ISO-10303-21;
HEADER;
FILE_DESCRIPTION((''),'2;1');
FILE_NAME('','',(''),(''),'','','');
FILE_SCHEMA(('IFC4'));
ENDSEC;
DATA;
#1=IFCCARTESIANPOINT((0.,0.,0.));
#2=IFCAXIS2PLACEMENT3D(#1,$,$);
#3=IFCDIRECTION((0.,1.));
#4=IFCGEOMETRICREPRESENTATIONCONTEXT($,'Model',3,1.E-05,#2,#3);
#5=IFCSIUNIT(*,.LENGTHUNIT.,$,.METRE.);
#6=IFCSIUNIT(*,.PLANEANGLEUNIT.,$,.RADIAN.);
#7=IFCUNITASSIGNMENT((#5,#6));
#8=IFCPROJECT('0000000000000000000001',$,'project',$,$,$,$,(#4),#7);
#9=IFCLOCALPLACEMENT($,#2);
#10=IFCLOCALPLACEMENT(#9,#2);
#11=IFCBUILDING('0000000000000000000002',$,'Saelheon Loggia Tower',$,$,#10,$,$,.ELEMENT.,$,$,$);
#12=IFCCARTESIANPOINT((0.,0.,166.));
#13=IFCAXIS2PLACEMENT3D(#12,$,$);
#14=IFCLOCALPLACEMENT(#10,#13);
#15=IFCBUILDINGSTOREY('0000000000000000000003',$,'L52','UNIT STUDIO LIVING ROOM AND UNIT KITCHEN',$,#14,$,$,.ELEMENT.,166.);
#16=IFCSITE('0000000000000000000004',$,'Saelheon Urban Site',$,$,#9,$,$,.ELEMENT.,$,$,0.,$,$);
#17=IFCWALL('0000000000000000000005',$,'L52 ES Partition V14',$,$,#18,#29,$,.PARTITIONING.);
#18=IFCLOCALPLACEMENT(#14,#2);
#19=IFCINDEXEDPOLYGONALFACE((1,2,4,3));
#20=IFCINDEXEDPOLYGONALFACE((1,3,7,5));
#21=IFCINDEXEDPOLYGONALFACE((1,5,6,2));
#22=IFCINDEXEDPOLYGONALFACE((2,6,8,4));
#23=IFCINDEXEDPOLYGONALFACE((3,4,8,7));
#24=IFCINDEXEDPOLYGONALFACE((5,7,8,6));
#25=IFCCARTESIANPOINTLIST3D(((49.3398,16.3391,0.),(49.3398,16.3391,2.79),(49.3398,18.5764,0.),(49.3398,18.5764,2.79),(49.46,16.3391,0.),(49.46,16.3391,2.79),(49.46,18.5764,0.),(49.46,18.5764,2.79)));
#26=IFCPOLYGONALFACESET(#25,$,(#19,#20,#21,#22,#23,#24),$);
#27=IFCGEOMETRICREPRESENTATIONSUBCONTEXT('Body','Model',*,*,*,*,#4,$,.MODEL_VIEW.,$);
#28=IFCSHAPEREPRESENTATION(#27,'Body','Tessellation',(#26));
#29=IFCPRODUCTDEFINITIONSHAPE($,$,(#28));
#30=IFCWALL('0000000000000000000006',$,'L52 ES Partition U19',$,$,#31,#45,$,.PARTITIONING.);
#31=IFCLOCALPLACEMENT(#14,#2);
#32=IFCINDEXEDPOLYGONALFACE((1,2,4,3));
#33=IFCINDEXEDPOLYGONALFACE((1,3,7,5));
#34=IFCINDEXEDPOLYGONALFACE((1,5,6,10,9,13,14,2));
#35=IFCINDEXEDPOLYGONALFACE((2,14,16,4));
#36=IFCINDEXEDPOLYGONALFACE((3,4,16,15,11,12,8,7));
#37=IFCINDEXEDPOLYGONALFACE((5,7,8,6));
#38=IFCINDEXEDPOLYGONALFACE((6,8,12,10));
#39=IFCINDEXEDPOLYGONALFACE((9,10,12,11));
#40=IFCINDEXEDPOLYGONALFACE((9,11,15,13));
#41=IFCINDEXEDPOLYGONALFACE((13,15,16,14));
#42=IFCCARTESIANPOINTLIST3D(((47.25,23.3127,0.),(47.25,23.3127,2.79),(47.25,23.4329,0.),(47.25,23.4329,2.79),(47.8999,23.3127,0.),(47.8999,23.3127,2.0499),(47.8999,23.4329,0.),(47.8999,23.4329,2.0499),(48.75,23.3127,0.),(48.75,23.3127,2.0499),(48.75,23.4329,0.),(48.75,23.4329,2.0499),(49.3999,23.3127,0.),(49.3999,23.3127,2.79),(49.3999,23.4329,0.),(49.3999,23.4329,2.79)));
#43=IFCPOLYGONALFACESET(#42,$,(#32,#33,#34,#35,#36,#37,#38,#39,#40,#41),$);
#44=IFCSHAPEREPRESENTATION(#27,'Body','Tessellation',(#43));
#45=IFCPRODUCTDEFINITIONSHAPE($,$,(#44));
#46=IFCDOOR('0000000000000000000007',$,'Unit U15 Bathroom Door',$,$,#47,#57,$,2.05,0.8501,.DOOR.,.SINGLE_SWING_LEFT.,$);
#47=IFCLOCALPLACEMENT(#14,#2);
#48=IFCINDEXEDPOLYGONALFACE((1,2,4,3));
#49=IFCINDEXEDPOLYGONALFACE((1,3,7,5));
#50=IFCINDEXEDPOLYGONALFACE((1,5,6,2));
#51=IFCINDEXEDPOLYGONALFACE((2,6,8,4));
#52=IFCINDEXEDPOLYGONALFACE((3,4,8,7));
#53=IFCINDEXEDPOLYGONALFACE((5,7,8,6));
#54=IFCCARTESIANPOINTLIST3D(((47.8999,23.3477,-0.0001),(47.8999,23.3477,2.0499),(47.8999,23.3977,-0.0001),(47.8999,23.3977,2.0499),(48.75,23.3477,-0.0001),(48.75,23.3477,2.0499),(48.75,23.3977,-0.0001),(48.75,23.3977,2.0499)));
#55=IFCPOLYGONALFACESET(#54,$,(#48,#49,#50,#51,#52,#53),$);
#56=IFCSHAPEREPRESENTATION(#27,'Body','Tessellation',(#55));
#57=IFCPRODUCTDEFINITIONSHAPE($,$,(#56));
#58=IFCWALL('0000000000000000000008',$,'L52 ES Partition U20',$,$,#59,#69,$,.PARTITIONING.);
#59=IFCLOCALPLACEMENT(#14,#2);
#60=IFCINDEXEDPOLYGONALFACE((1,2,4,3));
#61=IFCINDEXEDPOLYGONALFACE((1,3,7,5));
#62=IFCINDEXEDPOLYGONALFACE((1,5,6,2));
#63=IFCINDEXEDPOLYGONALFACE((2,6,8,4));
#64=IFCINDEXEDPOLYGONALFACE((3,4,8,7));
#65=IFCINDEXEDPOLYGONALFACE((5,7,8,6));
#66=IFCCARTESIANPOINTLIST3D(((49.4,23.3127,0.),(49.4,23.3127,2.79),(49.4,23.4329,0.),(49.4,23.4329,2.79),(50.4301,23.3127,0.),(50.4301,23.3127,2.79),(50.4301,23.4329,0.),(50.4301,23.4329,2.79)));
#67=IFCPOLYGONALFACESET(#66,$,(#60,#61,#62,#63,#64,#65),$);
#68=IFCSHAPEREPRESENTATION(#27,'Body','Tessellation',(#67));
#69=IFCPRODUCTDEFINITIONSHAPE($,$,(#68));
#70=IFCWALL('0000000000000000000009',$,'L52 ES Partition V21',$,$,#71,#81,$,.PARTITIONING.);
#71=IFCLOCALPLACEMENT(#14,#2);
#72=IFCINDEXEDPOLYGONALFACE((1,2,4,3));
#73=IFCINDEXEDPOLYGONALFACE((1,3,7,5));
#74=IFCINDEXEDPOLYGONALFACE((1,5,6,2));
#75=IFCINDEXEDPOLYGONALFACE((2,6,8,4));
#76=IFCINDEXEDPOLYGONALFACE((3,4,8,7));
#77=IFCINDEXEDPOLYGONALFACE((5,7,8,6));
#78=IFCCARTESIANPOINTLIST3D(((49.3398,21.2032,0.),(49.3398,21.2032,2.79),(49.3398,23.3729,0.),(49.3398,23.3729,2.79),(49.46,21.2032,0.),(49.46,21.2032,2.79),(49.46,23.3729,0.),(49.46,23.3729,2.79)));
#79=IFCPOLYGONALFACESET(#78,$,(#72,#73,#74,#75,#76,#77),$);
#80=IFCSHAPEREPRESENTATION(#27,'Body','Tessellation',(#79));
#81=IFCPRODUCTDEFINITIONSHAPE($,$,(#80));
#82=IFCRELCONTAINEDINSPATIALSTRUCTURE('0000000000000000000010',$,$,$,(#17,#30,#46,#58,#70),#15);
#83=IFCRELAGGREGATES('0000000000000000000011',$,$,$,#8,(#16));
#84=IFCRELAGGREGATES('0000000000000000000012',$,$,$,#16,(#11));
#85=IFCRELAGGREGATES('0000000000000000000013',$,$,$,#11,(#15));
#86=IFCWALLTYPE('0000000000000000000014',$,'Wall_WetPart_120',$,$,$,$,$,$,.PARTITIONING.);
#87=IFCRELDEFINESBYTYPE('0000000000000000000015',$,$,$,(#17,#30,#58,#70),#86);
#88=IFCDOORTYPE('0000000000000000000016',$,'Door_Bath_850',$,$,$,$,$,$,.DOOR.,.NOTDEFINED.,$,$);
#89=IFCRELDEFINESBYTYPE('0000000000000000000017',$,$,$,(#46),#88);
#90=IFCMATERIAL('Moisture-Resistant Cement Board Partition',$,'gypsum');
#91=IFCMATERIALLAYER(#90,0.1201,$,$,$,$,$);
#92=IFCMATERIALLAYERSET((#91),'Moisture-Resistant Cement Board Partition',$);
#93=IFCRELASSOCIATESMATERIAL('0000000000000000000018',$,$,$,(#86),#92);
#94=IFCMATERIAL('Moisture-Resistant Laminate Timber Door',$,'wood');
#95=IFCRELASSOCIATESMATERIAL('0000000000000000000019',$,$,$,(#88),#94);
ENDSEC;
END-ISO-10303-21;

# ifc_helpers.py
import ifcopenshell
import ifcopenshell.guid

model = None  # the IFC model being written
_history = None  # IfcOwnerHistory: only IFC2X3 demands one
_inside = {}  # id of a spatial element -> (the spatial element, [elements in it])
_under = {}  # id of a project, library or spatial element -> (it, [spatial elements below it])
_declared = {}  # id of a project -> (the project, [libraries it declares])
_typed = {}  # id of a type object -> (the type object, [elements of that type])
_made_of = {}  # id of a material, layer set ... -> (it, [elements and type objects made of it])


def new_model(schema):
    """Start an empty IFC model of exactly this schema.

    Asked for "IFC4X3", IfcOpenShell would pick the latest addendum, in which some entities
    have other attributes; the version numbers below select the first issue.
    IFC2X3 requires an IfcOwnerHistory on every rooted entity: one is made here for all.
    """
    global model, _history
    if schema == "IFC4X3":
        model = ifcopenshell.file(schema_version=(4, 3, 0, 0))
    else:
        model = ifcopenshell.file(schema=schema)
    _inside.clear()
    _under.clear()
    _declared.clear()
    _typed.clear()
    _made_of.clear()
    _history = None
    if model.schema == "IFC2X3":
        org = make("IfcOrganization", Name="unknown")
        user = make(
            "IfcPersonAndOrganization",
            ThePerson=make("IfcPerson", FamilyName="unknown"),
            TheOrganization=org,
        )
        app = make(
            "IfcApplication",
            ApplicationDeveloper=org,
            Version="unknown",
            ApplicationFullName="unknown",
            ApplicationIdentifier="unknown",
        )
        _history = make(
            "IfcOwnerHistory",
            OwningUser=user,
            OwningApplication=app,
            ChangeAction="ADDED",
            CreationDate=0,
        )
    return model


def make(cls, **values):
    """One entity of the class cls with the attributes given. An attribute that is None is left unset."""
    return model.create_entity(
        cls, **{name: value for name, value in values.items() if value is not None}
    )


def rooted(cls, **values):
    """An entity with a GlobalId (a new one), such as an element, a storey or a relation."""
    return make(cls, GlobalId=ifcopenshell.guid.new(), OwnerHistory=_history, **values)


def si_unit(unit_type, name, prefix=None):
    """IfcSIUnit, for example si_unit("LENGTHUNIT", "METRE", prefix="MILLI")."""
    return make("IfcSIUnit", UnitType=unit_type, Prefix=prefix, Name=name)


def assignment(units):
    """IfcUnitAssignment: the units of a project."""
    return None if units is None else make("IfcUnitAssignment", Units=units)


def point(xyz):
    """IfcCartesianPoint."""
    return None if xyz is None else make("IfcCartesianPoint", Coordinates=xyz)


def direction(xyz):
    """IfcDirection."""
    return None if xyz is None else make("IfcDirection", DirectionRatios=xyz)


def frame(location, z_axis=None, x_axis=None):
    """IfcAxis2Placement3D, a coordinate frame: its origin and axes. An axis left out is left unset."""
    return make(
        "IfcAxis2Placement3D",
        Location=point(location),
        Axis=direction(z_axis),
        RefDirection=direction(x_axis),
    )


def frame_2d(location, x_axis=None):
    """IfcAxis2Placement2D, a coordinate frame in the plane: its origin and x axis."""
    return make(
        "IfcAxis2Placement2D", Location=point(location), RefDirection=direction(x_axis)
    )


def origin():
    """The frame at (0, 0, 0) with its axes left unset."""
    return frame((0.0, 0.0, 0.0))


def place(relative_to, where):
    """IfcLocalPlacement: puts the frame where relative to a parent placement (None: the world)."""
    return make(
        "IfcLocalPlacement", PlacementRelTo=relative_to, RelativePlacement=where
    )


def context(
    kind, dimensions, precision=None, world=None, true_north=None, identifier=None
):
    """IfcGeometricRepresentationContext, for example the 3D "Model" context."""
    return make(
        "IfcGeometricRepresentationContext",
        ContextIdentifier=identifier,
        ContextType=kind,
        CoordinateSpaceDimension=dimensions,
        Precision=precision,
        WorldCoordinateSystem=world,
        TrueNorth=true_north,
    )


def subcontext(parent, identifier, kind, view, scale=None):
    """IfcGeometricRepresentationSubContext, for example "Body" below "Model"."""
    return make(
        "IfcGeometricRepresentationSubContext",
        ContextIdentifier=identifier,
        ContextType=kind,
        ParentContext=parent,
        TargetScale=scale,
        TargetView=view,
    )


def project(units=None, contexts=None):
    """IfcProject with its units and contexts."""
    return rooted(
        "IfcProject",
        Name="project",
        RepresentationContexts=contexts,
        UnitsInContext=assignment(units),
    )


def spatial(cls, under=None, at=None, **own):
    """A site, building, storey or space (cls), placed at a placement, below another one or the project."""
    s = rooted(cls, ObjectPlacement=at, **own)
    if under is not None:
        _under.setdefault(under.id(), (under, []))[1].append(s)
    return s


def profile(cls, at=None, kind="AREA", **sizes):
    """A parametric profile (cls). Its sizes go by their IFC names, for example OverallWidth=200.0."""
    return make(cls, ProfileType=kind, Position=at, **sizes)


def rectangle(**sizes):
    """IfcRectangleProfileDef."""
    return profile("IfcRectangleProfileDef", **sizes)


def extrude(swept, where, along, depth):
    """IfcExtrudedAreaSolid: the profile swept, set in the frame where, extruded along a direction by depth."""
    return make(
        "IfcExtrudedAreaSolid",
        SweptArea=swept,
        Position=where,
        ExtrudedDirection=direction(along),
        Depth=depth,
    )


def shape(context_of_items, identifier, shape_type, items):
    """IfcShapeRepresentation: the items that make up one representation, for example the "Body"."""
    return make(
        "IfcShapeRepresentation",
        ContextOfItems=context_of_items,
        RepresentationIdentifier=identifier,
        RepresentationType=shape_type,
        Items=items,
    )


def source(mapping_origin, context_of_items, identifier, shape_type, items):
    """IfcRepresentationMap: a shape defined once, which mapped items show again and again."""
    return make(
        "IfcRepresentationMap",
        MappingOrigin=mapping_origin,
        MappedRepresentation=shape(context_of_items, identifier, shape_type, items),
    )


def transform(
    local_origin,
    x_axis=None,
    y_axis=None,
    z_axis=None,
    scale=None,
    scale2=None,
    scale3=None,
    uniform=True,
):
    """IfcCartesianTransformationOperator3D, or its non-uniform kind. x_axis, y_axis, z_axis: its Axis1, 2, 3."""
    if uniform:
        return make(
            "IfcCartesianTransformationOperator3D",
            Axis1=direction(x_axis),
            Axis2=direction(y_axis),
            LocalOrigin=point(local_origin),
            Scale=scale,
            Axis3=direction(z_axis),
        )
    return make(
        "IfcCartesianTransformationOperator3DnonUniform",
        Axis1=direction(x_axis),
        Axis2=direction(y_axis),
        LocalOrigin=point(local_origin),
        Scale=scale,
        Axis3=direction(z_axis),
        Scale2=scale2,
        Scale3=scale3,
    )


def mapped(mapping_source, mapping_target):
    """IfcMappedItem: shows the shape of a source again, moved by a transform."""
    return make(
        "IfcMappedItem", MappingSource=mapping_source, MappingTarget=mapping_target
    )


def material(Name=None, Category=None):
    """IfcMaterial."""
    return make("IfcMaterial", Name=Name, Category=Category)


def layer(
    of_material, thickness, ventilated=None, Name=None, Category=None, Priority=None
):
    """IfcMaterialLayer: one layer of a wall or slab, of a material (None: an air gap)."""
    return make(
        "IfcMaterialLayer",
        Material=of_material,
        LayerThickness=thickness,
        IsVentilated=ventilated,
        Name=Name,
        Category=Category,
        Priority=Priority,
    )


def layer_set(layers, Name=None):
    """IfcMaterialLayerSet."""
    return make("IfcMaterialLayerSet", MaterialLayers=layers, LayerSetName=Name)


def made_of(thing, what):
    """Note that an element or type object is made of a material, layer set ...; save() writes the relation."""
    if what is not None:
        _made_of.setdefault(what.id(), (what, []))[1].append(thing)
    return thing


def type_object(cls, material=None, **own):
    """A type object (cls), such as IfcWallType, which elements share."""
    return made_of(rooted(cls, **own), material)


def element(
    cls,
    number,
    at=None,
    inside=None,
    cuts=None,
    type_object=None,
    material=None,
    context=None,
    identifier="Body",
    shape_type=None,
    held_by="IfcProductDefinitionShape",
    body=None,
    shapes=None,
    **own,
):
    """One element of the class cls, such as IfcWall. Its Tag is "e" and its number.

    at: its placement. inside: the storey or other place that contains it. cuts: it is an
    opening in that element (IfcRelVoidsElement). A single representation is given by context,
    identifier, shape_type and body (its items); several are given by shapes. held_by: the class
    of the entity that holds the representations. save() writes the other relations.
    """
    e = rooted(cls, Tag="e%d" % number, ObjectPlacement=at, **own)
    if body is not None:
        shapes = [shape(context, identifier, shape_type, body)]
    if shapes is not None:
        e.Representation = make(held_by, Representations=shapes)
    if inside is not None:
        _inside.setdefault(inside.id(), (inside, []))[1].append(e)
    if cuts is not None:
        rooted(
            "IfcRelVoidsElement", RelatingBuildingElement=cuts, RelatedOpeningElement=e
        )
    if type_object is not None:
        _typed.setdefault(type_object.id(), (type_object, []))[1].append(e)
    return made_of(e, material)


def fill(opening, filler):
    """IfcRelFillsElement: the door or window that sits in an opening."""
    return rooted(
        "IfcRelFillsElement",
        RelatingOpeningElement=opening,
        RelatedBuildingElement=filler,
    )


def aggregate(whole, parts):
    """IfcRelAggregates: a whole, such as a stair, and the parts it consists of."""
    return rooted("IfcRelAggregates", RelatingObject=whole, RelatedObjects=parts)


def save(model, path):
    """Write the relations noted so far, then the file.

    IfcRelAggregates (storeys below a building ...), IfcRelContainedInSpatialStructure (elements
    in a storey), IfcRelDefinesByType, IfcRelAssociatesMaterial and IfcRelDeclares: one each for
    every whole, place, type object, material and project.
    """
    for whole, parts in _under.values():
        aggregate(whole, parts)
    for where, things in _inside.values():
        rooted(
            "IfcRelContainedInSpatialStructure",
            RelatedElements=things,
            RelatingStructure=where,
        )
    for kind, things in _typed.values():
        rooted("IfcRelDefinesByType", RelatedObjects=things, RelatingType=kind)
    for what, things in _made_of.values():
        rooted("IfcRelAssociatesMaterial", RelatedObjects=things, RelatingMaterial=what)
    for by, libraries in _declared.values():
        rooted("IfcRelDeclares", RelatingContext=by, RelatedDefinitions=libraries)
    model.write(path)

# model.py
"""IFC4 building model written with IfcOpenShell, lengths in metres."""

from ifc_helpers import new_model, si_unit, direction, frame, frame_2d, origin, place, context, subcontext, project, spatial, rectangle, extrude, source, transform, mapped, material, layer, layer_set, type_object, element, fill, save


model = new_model("IFC4")

# Units and contexts
model_context = context("Model", 3, precision=1e-05, world=origin(), true_north=direction((0.0, 1.0)))
body_context = subcontext(model_context, "Body", "Model", "MODEL_VIEW")
ifc_project = project(units=[si_unit("LENGTHUNIT", "METRE"), si_unit("PLANEANGLEUNIT", "RADIAN")], contexts=[model_context])

# Site, building, storey
site_placement = place(None, origin())
site = spatial("IfcSite", under=ifc_project, at=site_placement, Name="Saelheon Urban Site", CompositionType="ELEMENT", RefElevation=0.0)
building_placement = place(site_placement, origin())
building = spatial("IfcBuilding", under=site, at=building_placement, Name="Saelheon Loggia Tower", CompositionType="ELEMENT")
storey_placement = place(building_placement, frame((0.0, 0.0, 166.0)))
storey = spatial("IfcBuildingStorey", under=building, at=storey_placement, Name="L52", Description="UNIT STUDIO LIVING ROOM AND UNIT KITCHEN", CompositionType="ELEMENT", Elevation=166.0)

# Shared definitions
ifc_material_1 = material(Name="Moisture-Resistant Cement Board Partition", Category="gypsum")
ifc_layer_1 = layer(ifc_material_1, 0.1201)
ifc_layer_set_1 = layer_set([ifc_layer_1], Name="Moisture-Resistant Cement Board Partition")
wall_type_1 = type_object("IfcWallType", Name="Wall_WetPart_120", PredefinedType="PARTITIONING", material=ifc_layer_set_1)
ifc_material_2 = material(Name="Moisture-Resistant Laminate Timber Door", Category="wood")
door_type_1 = type_object("IfcDoorType", Name="Door_Bath_850", OperationType="NOTDEFINED", PredefinedType="DOOR", material=ifc_material_2)
shared_shape_1 = source(origin(), body_context, "Body", "SweptSolid", [
    extrude(rectangle(XDim=0.8501, YDim=2.05, at=frame_2d((0.425, 1.0249))), frame((0.0, 0.0249, 0.0), z_axis=(0.0, -1.0, 0.0), x_axis=(1.0, 0.0, 0.0)), (0.0, 0.0, 1.0), 0.05),
])

# Wall
wall_1_placement = place(storey_placement, frame((49.3999, 16.3391, 0.0), z_axis=(0.0, 0.0, 1.0), x_axis=(0.0, 1.0, 0.0)))
element("IfcWall", 1, at=wall_1_placement, inside=storey, type_object=wall_type_1, Name="L52 ES Partition V14", PredefinedType="PARTITIONING", context=body_context, shape_type="SweptSolid", body=[
    extrude(rectangle(XDim=2.2373, YDim=0.1201, at=frame_2d((1.1187, 0.0))), origin(), (0.0, 0.0, 1.0), 2.79),
])

# Wall, opening, door
wall_2_placement = place(storey_placement, frame((47.25, 23.3728, 0.0), z_axis=(0.0, 0.0, 1.0), x_axis=(1.0, 0.0, 0.0)))
wall_2 = element("IfcWall", 2, at=wall_2_placement, inside=storey, type_object=wall_type_1, Name="L52 ES Partition U19", PredefinedType="PARTITIONING", context=body_context, shape_type="SweptSolid", body=[
    extrude(rectangle(XDim=2.1499, YDim=0.1201, at=frame_2d((1.075, 0.0))), origin(), (0.0, 0.0, 1.0), 2.79),
])
opening_1_placement = place(wall_2_placement, frame((0.6499, 0.0, 0.0)))
opening_1 = element("IfcOpeningElement", 3, at=opening_1_placement, cuts=wall_2, PredefinedType="OPENING", context=body_context, shape_type="SweptSolid", body=[
    extrude(rectangle(XDim=0.8501, YDim=2.05, at=frame_2d((0.425, 1.0249))), frame((0.0, 0.072, 0.0), z_axis=(0.0, -1.0, 0.0), x_axis=(1.0, 0.0, 0.0)), (0.0, 0.0, 1.0), 0.144),
])
door_1_placement = place(opening_1_placement, origin())
door_1 = element("IfcDoor", 4, at=door_1_placement, inside=storey, type_object=door_type_1, Name="Unit U15 Bathroom Door", OperationType="SINGLE_SWING_LEFT", OverallHeight=2.05, OverallWidth=0.8501, PredefinedType="DOOR", context=body_context, shape_type="MappedRepresentation", body=[
    mapped(shared_shape_1, transform((0.0, 0.0, 0.0), scale=1.0)),
])
fill(opening_1, door_1)

# Walls
wall_3_placement = place(storey_placement, frame((49.3999, 23.3728, 0.0), z_axis=(0.0, 0.0, 1.0), x_axis=(1.0, 0.0, 0.0)))
element("IfcWall", 5, at=wall_3_placement, inside=storey, type_object=wall_type_1, Name="L52 ES Partition U20", PredefinedType="PARTITIONING", context=body_context, shape_type="SweptSolid", body=[
    extrude(rectangle(XDim=1.03, YDim=0.1201, at=frame_2d((0.5151, 0.0))), origin(), (0.0, 0.0, 1.0), 2.79),
])
wall_4_placement = place(storey_placement, frame((49.3999, 21.2031, 0.0), z_axis=(0.0, 0.0, 1.0), x_axis=(0.0, 1.0, 0.0)))
element("IfcWall", 6, at=wall_4_placement, inside=storey, type_object=wall_type_1, Name="L52 ES Partition V21", PredefinedType="PARTITIONING", context=body_context, shape_type="SweptSolid", body=[
    extrude(rectangle(XDim=2.1697, YDim=0.1201, at=frame_2d((1.085, 0.0))), origin(), (0.0, 0.0, 1.0), 2.79),
])

save(model, "model.ifc")
